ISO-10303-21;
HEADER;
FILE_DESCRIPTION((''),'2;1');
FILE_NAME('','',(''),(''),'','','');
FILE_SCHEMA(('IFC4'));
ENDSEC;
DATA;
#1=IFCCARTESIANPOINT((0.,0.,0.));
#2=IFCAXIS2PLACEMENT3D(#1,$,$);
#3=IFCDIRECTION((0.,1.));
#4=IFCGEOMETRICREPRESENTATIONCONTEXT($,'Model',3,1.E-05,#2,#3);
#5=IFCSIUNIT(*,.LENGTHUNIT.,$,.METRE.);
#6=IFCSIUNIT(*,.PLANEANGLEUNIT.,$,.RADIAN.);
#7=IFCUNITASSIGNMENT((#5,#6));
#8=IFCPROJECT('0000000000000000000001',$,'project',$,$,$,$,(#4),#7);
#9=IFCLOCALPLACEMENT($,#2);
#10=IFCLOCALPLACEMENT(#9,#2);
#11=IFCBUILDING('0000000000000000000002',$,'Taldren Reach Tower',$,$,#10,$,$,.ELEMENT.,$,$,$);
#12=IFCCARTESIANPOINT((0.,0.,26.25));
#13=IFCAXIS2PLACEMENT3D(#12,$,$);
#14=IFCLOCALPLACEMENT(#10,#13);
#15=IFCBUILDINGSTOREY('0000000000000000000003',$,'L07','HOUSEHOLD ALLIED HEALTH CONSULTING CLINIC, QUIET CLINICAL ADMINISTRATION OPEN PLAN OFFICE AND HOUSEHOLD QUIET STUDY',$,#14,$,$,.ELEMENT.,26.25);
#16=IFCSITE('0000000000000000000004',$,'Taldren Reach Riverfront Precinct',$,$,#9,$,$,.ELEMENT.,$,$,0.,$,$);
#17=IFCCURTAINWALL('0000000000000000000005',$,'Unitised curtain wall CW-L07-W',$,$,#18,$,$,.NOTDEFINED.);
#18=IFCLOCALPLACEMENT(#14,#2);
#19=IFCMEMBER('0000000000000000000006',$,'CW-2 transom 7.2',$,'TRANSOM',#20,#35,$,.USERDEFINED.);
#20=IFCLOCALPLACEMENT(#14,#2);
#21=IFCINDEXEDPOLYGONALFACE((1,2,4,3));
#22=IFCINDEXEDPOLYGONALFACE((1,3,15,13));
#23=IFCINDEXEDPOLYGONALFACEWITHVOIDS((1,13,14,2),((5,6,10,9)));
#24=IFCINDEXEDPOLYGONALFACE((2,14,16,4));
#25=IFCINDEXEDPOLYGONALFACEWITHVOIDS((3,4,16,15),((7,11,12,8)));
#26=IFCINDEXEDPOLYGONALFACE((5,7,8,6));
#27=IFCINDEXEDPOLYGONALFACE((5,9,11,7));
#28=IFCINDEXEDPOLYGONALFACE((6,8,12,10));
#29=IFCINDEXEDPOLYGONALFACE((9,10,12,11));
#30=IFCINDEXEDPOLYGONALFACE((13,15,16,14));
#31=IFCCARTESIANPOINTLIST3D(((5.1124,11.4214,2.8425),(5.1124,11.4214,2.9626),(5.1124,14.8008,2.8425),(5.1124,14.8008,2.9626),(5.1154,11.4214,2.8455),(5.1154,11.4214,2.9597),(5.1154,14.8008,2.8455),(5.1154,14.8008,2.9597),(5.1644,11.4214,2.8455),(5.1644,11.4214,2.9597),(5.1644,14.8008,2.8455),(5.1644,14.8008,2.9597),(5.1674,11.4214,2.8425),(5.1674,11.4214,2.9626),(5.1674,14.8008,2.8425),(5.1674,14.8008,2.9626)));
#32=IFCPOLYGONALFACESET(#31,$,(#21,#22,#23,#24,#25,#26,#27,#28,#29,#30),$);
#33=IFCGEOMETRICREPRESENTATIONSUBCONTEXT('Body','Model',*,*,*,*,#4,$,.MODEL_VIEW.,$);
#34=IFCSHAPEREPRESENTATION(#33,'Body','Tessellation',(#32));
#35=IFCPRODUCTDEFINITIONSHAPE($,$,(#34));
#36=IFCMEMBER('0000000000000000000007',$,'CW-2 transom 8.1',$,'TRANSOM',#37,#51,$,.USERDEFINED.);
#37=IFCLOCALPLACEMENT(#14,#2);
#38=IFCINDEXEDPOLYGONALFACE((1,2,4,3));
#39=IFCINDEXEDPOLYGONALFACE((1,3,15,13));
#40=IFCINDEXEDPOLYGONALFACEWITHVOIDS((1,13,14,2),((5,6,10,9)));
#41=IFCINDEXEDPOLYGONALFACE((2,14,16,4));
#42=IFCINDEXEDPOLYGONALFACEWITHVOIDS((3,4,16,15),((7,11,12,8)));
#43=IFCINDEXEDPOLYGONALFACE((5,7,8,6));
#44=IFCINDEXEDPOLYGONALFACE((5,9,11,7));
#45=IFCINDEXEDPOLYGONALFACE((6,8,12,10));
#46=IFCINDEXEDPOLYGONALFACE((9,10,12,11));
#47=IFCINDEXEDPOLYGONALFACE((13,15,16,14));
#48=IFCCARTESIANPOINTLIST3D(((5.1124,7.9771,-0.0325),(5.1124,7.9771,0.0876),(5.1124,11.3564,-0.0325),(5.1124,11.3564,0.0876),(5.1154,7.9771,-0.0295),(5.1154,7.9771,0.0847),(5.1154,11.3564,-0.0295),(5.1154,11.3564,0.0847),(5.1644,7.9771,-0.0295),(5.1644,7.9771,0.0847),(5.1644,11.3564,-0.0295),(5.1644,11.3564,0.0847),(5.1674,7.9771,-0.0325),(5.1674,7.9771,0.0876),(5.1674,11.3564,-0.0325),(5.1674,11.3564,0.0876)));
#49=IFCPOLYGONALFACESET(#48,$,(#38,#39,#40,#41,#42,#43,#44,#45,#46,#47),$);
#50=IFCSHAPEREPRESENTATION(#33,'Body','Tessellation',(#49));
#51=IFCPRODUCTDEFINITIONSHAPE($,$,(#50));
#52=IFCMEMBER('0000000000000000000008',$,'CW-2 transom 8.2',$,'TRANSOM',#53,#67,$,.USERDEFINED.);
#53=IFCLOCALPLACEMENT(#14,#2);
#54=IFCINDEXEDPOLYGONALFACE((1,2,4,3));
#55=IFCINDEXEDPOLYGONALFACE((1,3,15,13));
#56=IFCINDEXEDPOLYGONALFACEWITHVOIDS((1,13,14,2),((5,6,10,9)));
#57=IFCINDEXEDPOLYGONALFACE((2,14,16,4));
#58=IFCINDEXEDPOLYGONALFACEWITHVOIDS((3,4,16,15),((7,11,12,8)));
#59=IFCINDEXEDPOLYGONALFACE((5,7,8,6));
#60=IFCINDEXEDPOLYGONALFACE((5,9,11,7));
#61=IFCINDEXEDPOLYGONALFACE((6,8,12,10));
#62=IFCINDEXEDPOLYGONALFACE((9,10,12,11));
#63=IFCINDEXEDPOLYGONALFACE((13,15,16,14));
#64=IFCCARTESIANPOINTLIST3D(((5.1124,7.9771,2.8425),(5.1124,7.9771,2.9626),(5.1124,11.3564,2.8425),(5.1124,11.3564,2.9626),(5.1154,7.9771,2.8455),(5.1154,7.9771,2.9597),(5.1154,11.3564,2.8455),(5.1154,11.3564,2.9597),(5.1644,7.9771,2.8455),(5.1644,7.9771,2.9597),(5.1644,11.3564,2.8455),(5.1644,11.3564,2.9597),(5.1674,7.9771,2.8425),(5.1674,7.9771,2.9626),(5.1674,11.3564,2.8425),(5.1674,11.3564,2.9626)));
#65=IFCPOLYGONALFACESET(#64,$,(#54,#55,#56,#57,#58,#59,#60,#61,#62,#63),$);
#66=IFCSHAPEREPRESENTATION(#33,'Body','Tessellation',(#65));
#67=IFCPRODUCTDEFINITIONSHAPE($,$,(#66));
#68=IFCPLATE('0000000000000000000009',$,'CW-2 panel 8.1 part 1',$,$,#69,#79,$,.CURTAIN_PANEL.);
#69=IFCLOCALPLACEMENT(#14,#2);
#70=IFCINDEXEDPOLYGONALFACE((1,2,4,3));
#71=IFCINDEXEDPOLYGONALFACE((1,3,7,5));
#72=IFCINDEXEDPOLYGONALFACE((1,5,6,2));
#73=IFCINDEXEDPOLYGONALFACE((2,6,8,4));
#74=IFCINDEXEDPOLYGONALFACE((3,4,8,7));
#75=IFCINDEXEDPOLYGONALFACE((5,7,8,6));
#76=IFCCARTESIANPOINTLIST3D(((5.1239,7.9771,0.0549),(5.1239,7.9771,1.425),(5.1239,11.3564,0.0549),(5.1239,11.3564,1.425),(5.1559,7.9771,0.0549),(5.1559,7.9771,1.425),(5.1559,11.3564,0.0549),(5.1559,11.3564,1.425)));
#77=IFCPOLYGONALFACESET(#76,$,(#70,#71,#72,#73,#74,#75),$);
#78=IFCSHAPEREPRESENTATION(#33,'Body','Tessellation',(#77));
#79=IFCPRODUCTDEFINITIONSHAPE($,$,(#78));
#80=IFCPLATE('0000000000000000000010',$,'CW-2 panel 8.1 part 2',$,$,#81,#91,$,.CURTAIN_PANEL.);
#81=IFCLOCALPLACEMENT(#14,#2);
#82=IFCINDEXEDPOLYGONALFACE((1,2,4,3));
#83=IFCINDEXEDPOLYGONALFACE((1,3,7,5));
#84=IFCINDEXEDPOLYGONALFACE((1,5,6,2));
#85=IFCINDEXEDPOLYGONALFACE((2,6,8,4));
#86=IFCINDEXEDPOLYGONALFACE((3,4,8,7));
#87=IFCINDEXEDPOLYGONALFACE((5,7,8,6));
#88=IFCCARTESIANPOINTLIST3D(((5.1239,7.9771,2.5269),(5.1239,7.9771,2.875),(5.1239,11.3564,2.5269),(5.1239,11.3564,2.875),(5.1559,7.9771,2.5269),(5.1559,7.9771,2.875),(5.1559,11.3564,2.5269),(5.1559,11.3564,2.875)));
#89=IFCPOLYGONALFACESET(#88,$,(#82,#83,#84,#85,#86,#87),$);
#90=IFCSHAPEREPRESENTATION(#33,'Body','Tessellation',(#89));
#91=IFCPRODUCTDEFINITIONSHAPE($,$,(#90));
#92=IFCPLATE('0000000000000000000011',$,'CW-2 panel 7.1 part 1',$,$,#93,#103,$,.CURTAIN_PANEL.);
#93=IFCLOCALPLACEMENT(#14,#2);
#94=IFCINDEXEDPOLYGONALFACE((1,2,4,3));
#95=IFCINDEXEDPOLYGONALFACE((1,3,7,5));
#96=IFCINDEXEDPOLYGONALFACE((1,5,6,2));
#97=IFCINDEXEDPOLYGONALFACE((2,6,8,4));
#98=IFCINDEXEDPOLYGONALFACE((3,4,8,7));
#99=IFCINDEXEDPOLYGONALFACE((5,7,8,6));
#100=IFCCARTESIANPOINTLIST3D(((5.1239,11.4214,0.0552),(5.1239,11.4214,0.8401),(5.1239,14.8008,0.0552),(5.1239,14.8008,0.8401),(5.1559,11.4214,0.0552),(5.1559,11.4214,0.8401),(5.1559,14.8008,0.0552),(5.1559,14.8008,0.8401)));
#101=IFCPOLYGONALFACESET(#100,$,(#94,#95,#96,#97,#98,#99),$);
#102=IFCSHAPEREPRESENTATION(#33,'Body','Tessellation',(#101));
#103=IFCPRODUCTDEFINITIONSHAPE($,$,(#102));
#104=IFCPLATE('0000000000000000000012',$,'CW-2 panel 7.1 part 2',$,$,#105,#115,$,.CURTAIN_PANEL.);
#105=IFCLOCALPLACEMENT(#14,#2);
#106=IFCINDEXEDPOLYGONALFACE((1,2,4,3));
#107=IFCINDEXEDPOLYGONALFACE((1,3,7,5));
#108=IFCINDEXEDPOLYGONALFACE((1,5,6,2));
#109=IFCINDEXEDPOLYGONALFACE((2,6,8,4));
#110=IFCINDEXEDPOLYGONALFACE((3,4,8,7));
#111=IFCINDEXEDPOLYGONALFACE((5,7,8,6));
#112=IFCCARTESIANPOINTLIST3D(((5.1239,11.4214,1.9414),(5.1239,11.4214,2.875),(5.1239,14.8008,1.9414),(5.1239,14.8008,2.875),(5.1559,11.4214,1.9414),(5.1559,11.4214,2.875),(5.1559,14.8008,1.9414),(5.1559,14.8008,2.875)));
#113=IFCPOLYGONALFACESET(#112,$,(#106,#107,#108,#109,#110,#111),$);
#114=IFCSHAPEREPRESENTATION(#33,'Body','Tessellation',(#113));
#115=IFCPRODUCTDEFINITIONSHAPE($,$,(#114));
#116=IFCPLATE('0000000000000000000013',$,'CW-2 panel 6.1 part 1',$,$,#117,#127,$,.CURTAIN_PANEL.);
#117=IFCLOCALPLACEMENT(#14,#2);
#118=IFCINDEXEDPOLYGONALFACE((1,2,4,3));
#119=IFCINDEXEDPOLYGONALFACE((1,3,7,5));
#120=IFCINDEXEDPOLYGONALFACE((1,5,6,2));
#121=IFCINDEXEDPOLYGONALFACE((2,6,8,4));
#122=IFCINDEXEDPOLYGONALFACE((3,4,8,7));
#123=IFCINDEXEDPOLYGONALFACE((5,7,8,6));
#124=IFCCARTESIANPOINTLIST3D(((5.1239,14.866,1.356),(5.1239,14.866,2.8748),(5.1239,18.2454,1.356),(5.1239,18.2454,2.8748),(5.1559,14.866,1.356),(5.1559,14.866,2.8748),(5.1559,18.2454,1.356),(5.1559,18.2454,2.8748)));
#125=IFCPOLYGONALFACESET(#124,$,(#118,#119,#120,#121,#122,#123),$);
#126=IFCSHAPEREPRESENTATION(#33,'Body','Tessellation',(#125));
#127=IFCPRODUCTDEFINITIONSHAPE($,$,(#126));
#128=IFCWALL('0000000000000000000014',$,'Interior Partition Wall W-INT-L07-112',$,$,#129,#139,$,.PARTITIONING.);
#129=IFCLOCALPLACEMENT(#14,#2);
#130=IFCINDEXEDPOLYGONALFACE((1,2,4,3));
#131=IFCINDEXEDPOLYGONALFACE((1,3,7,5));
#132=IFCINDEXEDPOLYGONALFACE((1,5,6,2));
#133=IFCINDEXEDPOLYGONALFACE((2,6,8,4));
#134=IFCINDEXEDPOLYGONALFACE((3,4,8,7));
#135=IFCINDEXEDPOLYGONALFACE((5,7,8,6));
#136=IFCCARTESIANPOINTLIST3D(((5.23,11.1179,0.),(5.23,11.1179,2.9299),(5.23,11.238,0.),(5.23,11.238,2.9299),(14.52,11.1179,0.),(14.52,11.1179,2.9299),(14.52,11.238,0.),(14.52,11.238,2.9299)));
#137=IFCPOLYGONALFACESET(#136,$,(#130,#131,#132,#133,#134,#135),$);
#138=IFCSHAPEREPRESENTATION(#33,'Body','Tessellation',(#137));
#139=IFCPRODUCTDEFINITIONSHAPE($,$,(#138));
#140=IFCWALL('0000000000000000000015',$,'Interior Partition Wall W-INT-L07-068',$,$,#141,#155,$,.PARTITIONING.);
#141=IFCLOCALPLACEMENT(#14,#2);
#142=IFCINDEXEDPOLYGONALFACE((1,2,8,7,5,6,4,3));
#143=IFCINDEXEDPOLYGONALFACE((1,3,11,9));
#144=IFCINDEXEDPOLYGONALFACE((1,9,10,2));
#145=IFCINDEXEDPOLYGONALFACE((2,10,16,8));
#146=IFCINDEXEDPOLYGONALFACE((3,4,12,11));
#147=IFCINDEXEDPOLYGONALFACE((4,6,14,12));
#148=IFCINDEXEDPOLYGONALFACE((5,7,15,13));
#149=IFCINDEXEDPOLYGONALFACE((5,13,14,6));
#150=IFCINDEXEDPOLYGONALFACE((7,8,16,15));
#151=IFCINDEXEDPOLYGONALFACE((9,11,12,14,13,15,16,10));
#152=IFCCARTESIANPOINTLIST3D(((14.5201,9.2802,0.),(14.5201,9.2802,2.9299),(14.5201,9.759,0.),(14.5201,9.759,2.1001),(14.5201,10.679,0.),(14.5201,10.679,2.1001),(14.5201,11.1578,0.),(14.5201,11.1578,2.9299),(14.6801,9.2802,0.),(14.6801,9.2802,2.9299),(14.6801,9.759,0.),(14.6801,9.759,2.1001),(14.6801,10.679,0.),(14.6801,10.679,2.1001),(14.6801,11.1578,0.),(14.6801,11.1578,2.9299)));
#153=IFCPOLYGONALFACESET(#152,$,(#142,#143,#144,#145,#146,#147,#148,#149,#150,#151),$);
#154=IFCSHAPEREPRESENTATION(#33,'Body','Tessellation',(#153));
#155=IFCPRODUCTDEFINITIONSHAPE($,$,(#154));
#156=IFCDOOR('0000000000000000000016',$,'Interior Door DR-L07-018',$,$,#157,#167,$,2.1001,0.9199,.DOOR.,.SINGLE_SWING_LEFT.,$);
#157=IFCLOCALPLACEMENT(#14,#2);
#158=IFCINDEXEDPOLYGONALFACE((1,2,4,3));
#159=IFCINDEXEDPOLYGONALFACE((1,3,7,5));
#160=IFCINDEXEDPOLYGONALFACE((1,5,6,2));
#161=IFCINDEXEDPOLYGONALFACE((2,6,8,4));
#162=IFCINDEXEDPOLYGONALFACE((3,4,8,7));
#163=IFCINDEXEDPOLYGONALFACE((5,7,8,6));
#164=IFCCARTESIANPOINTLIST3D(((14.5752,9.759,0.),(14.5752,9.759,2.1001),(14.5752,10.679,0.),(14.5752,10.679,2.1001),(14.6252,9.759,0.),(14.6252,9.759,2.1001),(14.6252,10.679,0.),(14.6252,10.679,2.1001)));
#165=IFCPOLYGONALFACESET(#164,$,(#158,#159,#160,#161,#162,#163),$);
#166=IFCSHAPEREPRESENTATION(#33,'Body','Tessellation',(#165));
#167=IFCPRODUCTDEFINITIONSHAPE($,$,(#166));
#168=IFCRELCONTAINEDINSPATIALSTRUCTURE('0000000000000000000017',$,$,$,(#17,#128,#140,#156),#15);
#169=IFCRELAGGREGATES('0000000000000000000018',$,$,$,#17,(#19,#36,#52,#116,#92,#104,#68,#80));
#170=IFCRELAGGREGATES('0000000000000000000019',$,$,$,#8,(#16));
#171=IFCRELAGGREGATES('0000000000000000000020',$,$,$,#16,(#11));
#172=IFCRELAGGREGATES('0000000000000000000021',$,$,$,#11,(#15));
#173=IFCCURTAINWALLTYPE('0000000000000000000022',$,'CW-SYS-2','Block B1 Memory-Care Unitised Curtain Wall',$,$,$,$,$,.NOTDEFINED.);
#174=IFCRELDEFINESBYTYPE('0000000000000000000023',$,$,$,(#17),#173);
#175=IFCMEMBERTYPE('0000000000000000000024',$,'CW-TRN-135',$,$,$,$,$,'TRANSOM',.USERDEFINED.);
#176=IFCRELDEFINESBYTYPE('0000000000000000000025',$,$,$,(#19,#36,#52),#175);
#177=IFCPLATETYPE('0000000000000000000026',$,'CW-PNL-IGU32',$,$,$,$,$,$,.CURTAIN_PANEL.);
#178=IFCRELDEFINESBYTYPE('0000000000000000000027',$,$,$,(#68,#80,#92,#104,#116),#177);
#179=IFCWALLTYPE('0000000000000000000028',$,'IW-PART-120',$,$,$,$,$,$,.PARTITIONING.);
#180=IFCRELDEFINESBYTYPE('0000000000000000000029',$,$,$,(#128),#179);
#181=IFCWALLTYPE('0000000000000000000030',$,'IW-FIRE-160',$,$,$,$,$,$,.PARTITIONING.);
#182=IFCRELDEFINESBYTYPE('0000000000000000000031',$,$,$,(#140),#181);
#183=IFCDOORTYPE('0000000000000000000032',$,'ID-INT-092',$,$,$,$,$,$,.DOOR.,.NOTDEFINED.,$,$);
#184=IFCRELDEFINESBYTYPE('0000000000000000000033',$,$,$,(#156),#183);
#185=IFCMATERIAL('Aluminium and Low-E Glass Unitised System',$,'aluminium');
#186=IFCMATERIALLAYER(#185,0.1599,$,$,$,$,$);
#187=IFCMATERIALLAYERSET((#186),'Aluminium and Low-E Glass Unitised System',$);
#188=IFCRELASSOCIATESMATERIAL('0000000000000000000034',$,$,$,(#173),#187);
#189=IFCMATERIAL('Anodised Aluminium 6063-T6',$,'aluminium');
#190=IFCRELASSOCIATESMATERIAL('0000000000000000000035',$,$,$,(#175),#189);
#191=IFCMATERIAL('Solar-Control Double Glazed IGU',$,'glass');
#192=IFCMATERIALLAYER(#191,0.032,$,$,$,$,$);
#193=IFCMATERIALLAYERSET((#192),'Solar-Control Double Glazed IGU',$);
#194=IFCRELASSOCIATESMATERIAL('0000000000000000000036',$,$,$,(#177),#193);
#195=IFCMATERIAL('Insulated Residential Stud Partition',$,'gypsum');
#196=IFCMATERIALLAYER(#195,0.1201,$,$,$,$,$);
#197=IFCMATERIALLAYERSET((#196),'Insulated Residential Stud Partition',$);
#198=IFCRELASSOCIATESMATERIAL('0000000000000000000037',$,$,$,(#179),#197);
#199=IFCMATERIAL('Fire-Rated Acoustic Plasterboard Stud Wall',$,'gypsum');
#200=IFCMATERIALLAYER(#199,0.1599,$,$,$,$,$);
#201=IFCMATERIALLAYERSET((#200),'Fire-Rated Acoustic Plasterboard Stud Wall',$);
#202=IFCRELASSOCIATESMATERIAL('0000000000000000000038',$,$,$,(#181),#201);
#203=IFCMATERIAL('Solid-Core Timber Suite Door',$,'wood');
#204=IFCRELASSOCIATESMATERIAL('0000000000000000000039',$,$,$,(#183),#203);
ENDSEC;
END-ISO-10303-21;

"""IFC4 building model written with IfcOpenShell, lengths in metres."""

from ifc_helpers import new_model, si_unit, direction, frame, frame_2d, origin, origin_2d, place, context, subcontext, project, spatial, rectangle, hollow_rectangle, extrude, source, transform, mapped, material, layer, layer_set, material_profile, profile_set, type_object, element, fill, aggregate, save


model = new_model("IFC4")

# Units and contexts
model_context = context("Model", 3, precision=1e-05, world=origin(), true_north=direction((0.0, 1.0)))
body_context = subcontext(model_context, "Body", "Model", "MODEL_VIEW")
ifc_project = project(units=[si_unit("LENGTHUNIT", "METRE"), si_unit("PLANEANGLEUNIT", "RADIAN")], contexts=[model_context])

# Site, building, storey
site_placement = place(None, origin())
site = spatial("IfcSite", under=ifc_project, at=site_placement, Name="Taldren Reach Riverfront Precinct", CompositionType="ELEMENT", RefElevation=0.0)
building_placement = place(site_placement, origin())
building = spatial("IfcBuilding", under=site, at=building_placement, Name="Taldren Reach Tower", CompositionType="ELEMENT")
storey_placement = place(building_placement, frame((0.0, 0.0, 26.25)))
storey = spatial("IfcBuildingStorey", under=building, at=storey_placement, Name="L07", Description="HOUSEHOLD ALLIED HEALTH CONSULTING CLINIC, QUIET CLINICAL ADMINISTRATION OPEN PLAN OFFICE AND HOUSEHOLD QUIET STUDY", CompositionType="ELEMENT", Elevation=26.25)

# Curtain wall, members, plates
ifc_material_1 = material(Name="Aluminium and Low-E Glass Unitised System", Category="aluminium")
ifc_layer_1 = layer(ifc_material_1, 0.1599)
ifc_layer_set_1 = layer_set([ifc_layer_1], Name="Aluminium and Low-E Glass Unitised System")
curtain_wall_type = type_object("IfcCurtainWallType", Name="CW-SYS-2", Description="Block B1 Memory-Care Unitised Curtain Wall", PredefinedType="NOTDEFINED", material=ifc_layer_set_1)
curtain_wall_placement = place(storey_placement, origin())
curtain_wall = element("IfcCurtainWall", 1, at=curtain_wall_placement, inside=storey, type_object=curtain_wall_type, Name="Unitised curtain wall CW-L07-W", PredefinedType="NOTDEFINED")
ifc_material_2 = material(Name="Anodised Aluminium 6063-T6", Category="aluminium")
ifc_material_profile_1 = material_profile(ifc_material_2, hollow_rectangle(XDim=0.0549, YDim=0.1201, WallThickness=0.0029, at=origin_2d()), Name="ALU-120x55x3RHS")
ifc_profile_set_1 = profile_set([ifc_material_profile_1], Name="Anodised Aluminium 6063-T6")
member_type_1 = type_object("IfcMemberType", Name="CW-TRN-135", ElementType="TRANSOM", PredefinedType="USERDEFINED", material=ifc_profile_set_1)
shared_shape_1 = source(origin(), body_context, "Body", "SweptSolid", [
    extrude(hollow_rectangle(XDim=0.0549, YDim=0.1201, WallThickness=0.0029, at=origin_2d()), origin(), (0.0, 0.0, 1.0), 3.3794),
])
member_1_placement = place(storey_placement, frame((5.1399, 14.8008, 2.9026), z_axis=(0.0, -1.0, 0.0), x_axis=(1.0, 0.0, 0.0)))
member_1 = element("IfcMember", 2, at=member_1_placement, type_object=member_type_1, Name="CW-2 transom 7.2", ObjectType="TRANSOM", PredefinedType="USERDEFINED", context=body_context, shape_type="MappedRepresentation", body=[
    mapped(shared_shape_1, transform((0.0, 0.0, 0.0), scale=1.0)),
])
member_2_placement = place(storey_placement, frame((5.1399, 11.3564, 0.0276), z_axis=(0.0, -1.0, 0.0), x_axis=(1.0, 0.0, 0.0)))
member_2 = element("IfcMember", 3, at=member_2_placement, type_object=member_type_1, Name="CW-2 transom 8.1", ObjectType="TRANSOM", PredefinedType="USERDEFINED", context=body_context, shape_type="MappedRepresentation", body=[
    mapped(shared_shape_1, transform((0.0, 0.0, 0.0), scale=1.0)),
])
member_3_placement = place(storey_placement, frame((5.1399, 11.3564, 2.9026), z_axis=(0.0, -1.0, 0.0), x_axis=(1.0, 0.0, 0.0)))
member_3 = element("IfcMember", 4, at=member_3_placement, type_object=member_type_1, Name="CW-2 transom 8.2", ObjectType="TRANSOM", PredefinedType="USERDEFINED", context=body_context, shape_type="MappedRepresentation", body=[
    mapped(shared_shape_1, transform((0.0, 0.0, 0.0), scale=1.0)),
])
ifc_material_3 = material(Name="Solar-Control Double Glazed IGU", Category="glass")
ifc_layer_2 = layer(ifc_material_3, 0.032)
ifc_layer_set_2 = layer_set([ifc_layer_2], Name="Solar-Control Double Glazed IGU")
plate_type = type_object("IfcPlateType", Name="CW-PNL-IGU32", PredefinedType="CURTAIN_PANEL", material=ifc_layer_set_2)
shared_shape_2 = source(origin(), body_context, "Body", "SweptSolid", [
    extrude(rectangle(XDim=3.3794, YDim=0.032, at=origin_2d()), origin(), (0.0, 0.0, 1.0), 1.3701),
])
plate_1_placement = place(storey_placement, frame((5.1399, 9.6667, 0.0549), z_axis=(0.0, 0.0, 1.0), x_axis=(0.0, -1.0, 0.0)))
plate_1 = element("IfcPlate", 5, at=plate_1_placement, type_object=plate_type, Name="CW-2 panel 8.1 part 1", PredefinedType="CURTAIN_PANEL", context=body_context, shape_type="MappedRepresentation", body=[
    mapped(shared_shape_2, transform((0.0, 0.0, 0.0), scale=1.0)),
])
shared_shape_3 = source(origin(), body_context, "Body", "SweptSolid", [
    extrude(rectangle(XDim=3.3794, YDim=0.032, at=origin_2d()), origin(), (0.0, 0.0, 1.0), 0.3481),
])
plate_2_placement = place(storey_placement, frame((5.1399, 9.6667, 2.5269), z_axis=(0.0, 0.0, 1.0), x_axis=(0.0, -1.0, 0.0)))
plate_2 = element("IfcPlate", 6, at=plate_2_placement, type_object=plate_type, Name="CW-2 panel 8.1 part 2", PredefinedType="CURTAIN_PANEL", context=body_context, shape_type="MappedRepresentation", body=[
    mapped(shared_shape_3, transform((0.0, 0.0, 0.0), scale=1.0)),
])
shared_shape_4 = source(origin(), body_context, "Body", "SweptSolid", [
    extrude(rectangle(XDim=3.3794, YDim=0.032, at=origin_2d()), origin(), (0.0, 0.0, 1.0), 0.7849),
])
plate_3_placement = place(storey_placement, frame((5.1399, 13.1111, 0.0552), z_axis=(0.0, 0.0, 1.0), x_axis=(0.0, -1.0, 0.0)))
plate_3 = element("IfcPlate", 7, at=plate_3_placement, type_object=plate_type, Name="CW-2 panel 7.1 part 1", PredefinedType="CURTAIN_PANEL", context=body_context, shape_type="MappedRepresentation", body=[
    mapped(shared_shape_4, transform((0.0, 0.0, 0.0), scale=1.0)),
])
shared_shape_5 = source(origin(), body_context, "Body", "SweptSolid", [
    extrude(rectangle(XDim=3.3794, YDim=0.032, at=origin_2d()), origin(), (0.0, 0.0, 1.0), 0.9336),
])
plate_4_placement = place(storey_placement, frame((5.1399, 13.1111, 1.9414), z_axis=(0.0, 0.0, 1.0), x_axis=(0.0, -1.0, 0.0)))
plate_4 = element("IfcPlate", 8, at=plate_4_placement, type_object=plate_type, Name="CW-2 panel 7.1 part 2", PredefinedType="CURTAIN_PANEL", context=body_context, shape_type="MappedRepresentation", body=[
    mapped(shared_shape_5, transform((0.0, 0.0, 0.0), scale=1.0)),
])
shared_shape_6 = source(origin(), body_context, "Body", "SweptSolid", [
    extrude(rectangle(XDim=3.3794, YDim=0.032, at=origin_2d()), origin(), (0.0, 0.0, 1.0), 1.5188),
])
plate_5_placement = place(storey_placement, frame((5.1399, 16.5557, 1.356), z_axis=(0.0, 0.0, 1.0), x_axis=(0.0, -1.0, 0.0)))
plate_5 = element("IfcPlate", 9, at=plate_5_placement, type_object=plate_type, Name="CW-2 panel 6.1 part 1", PredefinedType="CURTAIN_PANEL", context=body_context, shape_type="MappedRepresentation", body=[
    mapped(shared_shape_6, transform((0.0, 0.0, 0.0), scale=1.0)),
])
aggregate(curtain_wall, [member_1, member_2, member_3, plate_5, plate_3, plate_4, plate_1, plate_2])

# Wall
ifc_material_4 = material(Name="Insulated Residential Stud Partition", Category="gypsum")
ifc_layer_3 = layer(ifc_material_4, 0.1201)
ifc_layer_set_3 = layer_set([ifc_layer_3], Name="Insulated Residential Stud Partition")
wall_type_1 = type_object("IfcWallType", Name="IW-PART-120", PredefinedType="PARTITIONING", material=ifc_layer_set_3)
shared_shape_7 = source(origin(), body_context, "Body", "SweptSolid", [
    extrude(rectangle(XDim=9.29, YDim=0.1201, at=frame_2d((4.645, 0.0))), origin(), (0.0, 0.0, 1.0), 2.9299),
])
wall_1_placement = place(storey_placement, frame((5.23, 11.178, 0.0), z_axis=(0.0, 0.0, 1.0), x_axis=(1.0, 0.0, 0.0)))
element("IfcWall", 10, at=wall_1_placement, inside=storey, type_object=wall_type_1, Name="Interior Partition Wall W-INT-L07-112", PredefinedType="PARTITIONING", context=body_context, shape_type="MappedRepresentation", body=[
    mapped(shared_shape_7, transform((0.0, 0.0, 0.0), scale=1.0)),
])

# Wall, opening, door
ifc_material_5 = material(Name="Fire-Rated Acoustic Plasterboard Stud Wall", Category="gypsum")
ifc_layer_4 = layer(ifc_material_5, 0.1599)
ifc_layer_set_4 = layer_set([ifc_layer_4], Name="Fire-Rated Acoustic Plasterboard Stud Wall")
wall_type_2 = type_object("IfcWallType", Name="IW-FIRE-160", PredefinedType="PARTITIONING", material=ifc_layer_set_4)
shared_shape_8 = source(origin(), body_context, "Body", "SweptSolid", [
    extrude(rectangle(XDim=1.8777, YDim=0.1599, at=frame_2d((0.939, 0.0))), origin(), (0.0, 0.0, 1.0), 2.9299),
])
wall_2_placement = place(storey_placement, frame((14.6001, 9.28, 0.0), z_axis=(0.0, 0.0, 1.0), x_axis=(0.0, 1.0, 0.0)))
wall_2 = element("IfcWall", 11, at=wall_2_placement, inside=storey, type_object=wall_type_2, Name="Interior Partition Wall W-INT-L07-068", PredefinedType="PARTITIONING", context=body_context, shape_type="MappedRepresentation", body=[
    mapped(shared_shape_8, transform((0.0, 0.0, 0.0), scale=1.0)),
])
shared_shape_9 = source(origin(), body_context, "Body", "SweptSolid", [
    extrude(rectangle(XDim=0.9199, YDim=2.1001, at=frame_2d((0.46, 1.05))), frame((0.0, 0.0898, 0.0), z_axis=(0.0, -1.0, 0.0), x_axis=(1.0, 0.0, 0.0)), (0.0, 0.0, 1.0), 0.1799),
])
opening_placement = place(wall_2_placement, frame((0.479, 0.0, 0.0)))
opening = element("IfcOpeningElement", 12, at=opening_placement, cuts=wall_2, PredefinedType="OPENING", context=body_context, shape_type="MappedRepresentation", body=[
    mapped(shared_shape_9, transform((0.0, 0.0, 0.0), scale=1.0)),
])
ifc_material_6 = material(Name="Solid-Core Timber Suite Door", Category="wood")
door_type = type_object("IfcDoorType", Name="ID-INT-092", OperationType="NOTDEFINED", PredefinedType="DOOR", material=ifc_material_6)
shared_shape_10 = source(origin(), body_context, "Body", "SweptSolid", [
    extrude(rectangle(XDim=0.9199, YDim=2.1001, at=frame_2d((0.46, 1.05))), frame((0.0, 0.0249, 0.0), z_axis=(0.0, -1.0, 0.0), x_axis=(1.0, 0.0, 0.0)), (0.0, 0.0, 1.0), 0.05),
])
door_placement = place(opening_placement, origin())
door = element("IfcDoor", 13, at=door_placement, inside=storey, type_object=door_type, Name="Interior Door DR-L07-018", OperationType="SINGLE_SWING_LEFT", OverallHeight=2.1001, OverallWidth=0.9199, PredefinedType="DOOR", context=body_context, shape_type="MappedRepresentation", body=[
    mapped(shared_shape_10, transform((0.0, 0.0, 0.0), scale=1.0)),
])
fill(opening, door)

save(model, "model.ifc")
